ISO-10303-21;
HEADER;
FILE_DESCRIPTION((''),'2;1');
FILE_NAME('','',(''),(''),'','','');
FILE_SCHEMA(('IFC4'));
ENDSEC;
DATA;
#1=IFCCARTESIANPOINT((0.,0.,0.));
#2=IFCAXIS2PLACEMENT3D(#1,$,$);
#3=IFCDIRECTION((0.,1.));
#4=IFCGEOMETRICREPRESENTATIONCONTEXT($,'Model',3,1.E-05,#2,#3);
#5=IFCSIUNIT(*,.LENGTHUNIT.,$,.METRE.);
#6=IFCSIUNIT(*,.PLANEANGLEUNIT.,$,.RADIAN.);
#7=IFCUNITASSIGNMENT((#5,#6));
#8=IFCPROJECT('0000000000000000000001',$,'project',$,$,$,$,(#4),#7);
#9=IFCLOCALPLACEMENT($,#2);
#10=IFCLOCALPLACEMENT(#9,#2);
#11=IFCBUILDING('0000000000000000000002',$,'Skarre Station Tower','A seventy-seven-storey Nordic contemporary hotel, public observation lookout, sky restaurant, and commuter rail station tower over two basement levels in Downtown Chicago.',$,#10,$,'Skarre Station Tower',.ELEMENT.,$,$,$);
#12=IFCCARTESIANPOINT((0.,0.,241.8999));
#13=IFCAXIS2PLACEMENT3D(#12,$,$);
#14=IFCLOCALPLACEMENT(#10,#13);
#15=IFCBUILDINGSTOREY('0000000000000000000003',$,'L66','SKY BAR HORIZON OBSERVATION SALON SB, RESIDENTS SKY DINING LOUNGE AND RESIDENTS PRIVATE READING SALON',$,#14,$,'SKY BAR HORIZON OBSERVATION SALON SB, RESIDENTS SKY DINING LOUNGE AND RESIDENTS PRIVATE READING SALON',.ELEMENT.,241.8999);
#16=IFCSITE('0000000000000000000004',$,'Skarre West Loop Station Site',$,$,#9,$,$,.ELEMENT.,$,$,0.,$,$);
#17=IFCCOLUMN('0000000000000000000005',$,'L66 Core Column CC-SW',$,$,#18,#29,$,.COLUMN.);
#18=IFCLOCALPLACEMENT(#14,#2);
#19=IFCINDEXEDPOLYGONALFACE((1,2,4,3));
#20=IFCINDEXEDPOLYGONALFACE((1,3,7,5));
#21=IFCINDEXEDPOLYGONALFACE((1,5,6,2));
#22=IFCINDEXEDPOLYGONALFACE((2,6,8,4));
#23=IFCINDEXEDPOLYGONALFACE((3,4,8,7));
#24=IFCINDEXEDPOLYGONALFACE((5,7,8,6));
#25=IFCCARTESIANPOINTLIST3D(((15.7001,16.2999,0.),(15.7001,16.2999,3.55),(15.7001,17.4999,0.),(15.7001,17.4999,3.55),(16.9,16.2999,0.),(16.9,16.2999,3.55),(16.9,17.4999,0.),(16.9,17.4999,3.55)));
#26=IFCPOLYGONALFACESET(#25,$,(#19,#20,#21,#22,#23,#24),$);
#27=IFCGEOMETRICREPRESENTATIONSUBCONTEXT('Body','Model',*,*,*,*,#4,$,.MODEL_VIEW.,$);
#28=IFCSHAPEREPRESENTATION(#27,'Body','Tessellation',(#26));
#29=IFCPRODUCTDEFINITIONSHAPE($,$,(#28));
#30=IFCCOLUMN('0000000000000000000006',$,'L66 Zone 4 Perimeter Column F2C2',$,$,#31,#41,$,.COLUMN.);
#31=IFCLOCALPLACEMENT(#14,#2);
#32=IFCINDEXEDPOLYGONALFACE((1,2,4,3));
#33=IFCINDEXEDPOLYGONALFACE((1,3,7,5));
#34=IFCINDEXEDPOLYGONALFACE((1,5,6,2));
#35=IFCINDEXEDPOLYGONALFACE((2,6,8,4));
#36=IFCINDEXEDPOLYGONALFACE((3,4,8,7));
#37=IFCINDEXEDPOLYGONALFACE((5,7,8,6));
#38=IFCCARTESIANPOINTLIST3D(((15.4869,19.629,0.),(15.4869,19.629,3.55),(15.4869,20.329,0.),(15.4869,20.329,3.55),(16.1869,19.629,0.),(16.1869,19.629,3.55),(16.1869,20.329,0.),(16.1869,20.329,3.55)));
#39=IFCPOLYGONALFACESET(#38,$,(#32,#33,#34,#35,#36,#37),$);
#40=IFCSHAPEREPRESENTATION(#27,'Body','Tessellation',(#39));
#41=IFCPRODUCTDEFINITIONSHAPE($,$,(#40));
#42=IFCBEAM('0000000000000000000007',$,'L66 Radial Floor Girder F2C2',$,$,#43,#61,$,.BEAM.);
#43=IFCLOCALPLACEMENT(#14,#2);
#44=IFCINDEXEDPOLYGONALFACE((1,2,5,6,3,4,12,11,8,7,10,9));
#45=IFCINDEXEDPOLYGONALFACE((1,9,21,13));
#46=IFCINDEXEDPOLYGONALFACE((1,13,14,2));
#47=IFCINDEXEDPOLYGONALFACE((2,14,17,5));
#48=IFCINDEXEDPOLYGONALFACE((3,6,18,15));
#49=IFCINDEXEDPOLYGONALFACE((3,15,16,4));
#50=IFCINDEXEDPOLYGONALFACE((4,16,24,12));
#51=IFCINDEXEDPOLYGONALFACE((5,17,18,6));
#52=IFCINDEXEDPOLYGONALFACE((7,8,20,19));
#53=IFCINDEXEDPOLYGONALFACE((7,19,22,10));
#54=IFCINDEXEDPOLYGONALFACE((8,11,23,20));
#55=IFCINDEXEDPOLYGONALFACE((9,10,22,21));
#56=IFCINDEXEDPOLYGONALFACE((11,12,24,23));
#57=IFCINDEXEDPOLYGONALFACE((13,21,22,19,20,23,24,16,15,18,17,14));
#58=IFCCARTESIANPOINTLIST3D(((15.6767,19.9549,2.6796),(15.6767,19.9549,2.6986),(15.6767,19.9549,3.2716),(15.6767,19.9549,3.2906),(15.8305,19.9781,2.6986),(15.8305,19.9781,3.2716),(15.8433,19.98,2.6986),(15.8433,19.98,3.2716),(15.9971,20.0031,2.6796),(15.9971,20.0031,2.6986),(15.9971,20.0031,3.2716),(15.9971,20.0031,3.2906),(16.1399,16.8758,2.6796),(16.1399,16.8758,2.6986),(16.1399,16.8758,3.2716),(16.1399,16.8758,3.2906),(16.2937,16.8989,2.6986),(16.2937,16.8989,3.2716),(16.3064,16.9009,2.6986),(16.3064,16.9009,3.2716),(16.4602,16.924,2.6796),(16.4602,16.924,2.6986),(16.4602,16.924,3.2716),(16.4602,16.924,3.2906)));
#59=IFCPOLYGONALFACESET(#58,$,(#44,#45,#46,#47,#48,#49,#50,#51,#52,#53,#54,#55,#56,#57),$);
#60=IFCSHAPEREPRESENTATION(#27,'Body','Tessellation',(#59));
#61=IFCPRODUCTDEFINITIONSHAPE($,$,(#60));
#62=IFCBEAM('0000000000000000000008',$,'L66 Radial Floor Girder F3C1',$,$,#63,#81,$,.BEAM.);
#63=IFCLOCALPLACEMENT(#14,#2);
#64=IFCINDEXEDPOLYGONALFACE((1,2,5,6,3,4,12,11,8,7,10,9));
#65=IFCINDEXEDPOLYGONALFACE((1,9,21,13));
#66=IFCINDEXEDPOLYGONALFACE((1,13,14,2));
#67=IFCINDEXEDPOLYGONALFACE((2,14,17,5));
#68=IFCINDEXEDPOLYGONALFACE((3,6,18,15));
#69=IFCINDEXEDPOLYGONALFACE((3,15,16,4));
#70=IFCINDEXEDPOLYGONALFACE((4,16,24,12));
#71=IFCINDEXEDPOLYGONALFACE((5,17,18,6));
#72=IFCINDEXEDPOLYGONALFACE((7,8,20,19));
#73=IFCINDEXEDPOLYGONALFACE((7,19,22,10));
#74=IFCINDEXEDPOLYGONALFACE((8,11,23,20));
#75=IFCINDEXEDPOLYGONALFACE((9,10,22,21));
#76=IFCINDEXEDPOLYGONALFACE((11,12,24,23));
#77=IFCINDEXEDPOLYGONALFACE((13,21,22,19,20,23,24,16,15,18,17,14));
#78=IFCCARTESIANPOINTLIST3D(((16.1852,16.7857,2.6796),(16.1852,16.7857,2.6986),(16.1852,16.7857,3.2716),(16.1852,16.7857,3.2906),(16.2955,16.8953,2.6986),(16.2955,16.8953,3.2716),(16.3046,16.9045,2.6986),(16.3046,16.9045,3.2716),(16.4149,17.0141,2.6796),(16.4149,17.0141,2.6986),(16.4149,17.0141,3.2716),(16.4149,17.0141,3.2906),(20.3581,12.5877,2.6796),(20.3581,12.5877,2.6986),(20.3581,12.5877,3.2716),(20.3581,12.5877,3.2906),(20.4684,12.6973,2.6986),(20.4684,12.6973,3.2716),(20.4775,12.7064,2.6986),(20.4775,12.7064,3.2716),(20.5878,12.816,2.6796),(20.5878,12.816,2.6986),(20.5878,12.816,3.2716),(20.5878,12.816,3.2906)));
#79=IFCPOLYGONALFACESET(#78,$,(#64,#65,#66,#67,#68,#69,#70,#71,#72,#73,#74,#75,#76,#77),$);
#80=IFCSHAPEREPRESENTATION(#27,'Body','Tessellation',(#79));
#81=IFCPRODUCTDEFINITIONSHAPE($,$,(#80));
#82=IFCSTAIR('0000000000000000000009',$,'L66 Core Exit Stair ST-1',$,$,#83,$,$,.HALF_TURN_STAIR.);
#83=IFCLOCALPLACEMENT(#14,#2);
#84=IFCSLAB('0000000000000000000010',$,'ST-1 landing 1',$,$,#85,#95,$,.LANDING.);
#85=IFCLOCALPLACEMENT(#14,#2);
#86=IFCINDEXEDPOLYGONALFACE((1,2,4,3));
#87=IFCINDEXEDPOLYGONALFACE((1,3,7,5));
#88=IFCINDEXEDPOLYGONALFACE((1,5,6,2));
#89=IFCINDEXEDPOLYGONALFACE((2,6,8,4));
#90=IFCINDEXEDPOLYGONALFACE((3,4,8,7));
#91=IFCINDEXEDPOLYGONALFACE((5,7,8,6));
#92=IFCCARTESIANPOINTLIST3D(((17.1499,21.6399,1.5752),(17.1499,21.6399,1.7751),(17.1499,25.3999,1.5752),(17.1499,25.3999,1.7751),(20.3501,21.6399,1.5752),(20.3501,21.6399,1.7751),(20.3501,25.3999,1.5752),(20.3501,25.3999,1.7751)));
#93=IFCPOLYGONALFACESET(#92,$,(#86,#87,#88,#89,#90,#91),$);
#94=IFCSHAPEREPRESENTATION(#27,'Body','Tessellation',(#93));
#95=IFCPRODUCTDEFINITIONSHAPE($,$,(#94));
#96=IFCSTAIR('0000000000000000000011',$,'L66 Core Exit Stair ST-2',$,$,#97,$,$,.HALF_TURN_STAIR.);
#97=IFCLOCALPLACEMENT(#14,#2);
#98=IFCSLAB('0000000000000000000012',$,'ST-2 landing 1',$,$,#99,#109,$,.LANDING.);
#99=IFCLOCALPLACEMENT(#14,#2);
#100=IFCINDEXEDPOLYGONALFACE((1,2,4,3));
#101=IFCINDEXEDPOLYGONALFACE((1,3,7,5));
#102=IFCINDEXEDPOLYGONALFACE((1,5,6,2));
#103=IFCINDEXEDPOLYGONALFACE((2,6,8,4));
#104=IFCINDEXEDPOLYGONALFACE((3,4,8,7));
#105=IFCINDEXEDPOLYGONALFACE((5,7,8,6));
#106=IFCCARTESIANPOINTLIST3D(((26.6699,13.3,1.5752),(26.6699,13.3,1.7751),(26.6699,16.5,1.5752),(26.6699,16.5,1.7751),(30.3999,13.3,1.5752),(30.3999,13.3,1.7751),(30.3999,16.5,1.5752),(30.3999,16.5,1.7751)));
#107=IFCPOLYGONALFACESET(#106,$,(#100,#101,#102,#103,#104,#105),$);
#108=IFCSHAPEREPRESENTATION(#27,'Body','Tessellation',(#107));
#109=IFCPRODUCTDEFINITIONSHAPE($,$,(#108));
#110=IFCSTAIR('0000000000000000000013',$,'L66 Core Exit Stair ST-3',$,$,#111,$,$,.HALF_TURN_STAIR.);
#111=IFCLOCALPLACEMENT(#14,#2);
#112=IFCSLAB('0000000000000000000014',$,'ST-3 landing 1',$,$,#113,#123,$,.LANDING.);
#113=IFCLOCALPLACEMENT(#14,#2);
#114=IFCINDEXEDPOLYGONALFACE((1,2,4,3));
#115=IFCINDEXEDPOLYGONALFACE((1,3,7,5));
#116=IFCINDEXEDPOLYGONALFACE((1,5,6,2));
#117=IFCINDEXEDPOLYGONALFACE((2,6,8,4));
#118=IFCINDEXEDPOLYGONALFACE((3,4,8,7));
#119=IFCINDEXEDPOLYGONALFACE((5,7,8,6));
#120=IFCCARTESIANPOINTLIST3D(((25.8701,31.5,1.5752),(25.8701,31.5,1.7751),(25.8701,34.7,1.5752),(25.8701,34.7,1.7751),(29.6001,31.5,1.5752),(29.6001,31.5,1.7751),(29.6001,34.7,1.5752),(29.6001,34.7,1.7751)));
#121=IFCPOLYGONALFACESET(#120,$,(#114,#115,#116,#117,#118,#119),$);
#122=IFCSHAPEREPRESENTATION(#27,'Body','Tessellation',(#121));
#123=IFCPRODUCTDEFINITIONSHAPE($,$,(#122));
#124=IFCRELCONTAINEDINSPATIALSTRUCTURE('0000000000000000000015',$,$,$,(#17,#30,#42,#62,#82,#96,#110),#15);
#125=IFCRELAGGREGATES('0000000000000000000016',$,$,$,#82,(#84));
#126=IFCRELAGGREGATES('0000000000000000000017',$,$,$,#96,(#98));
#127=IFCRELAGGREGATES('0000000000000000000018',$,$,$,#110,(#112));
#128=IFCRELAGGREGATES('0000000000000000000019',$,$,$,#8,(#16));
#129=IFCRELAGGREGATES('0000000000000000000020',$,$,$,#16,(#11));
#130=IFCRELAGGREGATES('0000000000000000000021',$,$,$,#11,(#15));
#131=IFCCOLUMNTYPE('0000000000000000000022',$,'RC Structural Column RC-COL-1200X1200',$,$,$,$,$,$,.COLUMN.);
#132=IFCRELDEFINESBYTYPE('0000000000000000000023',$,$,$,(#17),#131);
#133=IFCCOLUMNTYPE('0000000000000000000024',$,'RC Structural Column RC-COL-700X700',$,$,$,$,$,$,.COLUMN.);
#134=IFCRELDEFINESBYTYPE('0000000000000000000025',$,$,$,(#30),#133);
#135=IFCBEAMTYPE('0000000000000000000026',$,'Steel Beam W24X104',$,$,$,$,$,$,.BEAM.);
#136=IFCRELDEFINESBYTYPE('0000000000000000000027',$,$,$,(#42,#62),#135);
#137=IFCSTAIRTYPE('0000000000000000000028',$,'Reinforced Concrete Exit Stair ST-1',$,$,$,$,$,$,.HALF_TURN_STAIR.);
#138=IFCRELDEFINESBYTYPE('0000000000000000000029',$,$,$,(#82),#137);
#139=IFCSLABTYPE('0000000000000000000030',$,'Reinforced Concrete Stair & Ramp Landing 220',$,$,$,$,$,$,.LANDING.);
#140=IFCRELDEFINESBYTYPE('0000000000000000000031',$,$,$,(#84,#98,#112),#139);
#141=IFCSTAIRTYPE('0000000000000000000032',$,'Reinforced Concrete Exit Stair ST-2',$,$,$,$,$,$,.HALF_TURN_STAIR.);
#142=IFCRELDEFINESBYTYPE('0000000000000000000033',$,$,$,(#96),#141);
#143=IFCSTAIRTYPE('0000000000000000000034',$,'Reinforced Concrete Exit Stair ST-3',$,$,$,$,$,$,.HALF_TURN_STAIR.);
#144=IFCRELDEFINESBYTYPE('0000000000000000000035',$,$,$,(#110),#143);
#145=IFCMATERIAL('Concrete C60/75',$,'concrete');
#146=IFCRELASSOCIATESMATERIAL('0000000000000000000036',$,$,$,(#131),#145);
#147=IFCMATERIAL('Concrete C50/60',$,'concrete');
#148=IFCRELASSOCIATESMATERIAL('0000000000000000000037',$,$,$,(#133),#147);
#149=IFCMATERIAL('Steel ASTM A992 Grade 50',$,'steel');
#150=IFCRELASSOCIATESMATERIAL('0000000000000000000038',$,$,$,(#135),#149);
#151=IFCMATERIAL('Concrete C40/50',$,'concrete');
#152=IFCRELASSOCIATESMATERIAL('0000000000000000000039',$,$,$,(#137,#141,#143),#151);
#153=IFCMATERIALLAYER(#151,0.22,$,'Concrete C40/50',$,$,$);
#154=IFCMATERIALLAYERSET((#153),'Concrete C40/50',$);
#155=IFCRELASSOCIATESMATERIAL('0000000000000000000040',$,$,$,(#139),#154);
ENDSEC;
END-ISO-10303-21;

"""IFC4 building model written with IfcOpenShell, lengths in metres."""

from ifc_helpers import new_model, si_unit, direction, frame, origin, origin_2d, place, context, subcontext, project, spatial, polyline, rectangle, i_section, outline, extrude, material, layer, layer_set, material_profile, profile_set, type_object, element, aggregate, save


model = new_model("IFC4")

# Units and contexts
model_context = context("Model", 3, precision=1e-05, world=origin(), true_north=direction((0.0, 1.0)))
body_context = subcontext(model_context, "Body", "Model", "MODEL_VIEW")
ifc_project = project(units=[si_unit("LENGTHUNIT", "METRE"), si_unit("PLANEANGLEUNIT", "RADIAN")], contexts=[model_context])

# Site, building, storey
site_placement = place(None, origin())
site = spatial("IfcSite", under=ifc_project, at=site_placement, Name="Skarre West Loop Station Site", CompositionType="ELEMENT", RefElevation=0.0)
building_placement = place(site_placement, origin())
building = spatial("IfcBuilding", under=site, at=building_placement, Name="Skarre Station Tower", Description="A seventy-seven-storey Nordic contemporary hotel, public observation lookout, sky restaurant, and commuter rail station tower over two basement levels in Downtown Chicago.", LongName="Skarre Station Tower", CompositionType="ELEMENT")
storey_placement = place(building_placement, frame((0.0, 0.0, 241.8999)))
storey = spatial("IfcBuildingStorey", under=building, at=storey_placement, Name="L66", Description="SKY BAR HORIZON OBSERVATION SALON SB, RESIDENTS SKY DINING LOUNGE AND RESIDENTS PRIVATE READING SALON", LongName="SKY BAR HORIZON OBSERVATION SALON SB, RESIDENTS SKY DINING LOUNGE AND RESIDENTS PRIVATE READING SALON", CompositionType="ELEMENT", Elevation=241.8999)

# Columns
ifc_material_1 = material(Name="Concrete C60/75", Category="concrete")
ifc_material_profile_1 = material_profile(ifc_material_1, rectangle(XDim=1.2, YDim=1.2, at=origin_2d()), Name="Concrete C60/75")
ifc_profile_set_1 = profile_set([ifc_material_profile_1], Name="Concrete C60/75")
column_type_1 = type_object("IfcColumnType", Name="RC Structural Column RC-COL-1200X1200", PredefinedType="COLUMN", material=ifc_profile_set_1)
column_1_placement = place(storey_placement, frame((16.3, 16.8999, 0.0), z_axis=(0.0, 0.0, 1.0), x_axis=(1.0, 0.0, 0.0)))
element("IfcColumn", 1, at=column_1_placement, inside=storey, type_object=column_type_1, Name="L66 Core Column CC-SW", PredefinedType="COLUMN", context=body_context, shape_type="SweptSolid", body=[
    extrude(rectangle(XDim=1.2, YDim=1.2, at=origin_2d()), origin(), (0.0, 0.0, 1.0), 3.55),
])
ifc_material_2 = material(Name="Concrete C50/60", Category="concrete")
ifc_material_profile_2 = material_profile(ifc_material_2, rectangle(XDim=0.7, YDim=0.7, at=origin_2d()), Name="Concrete C50/60")
ifc_profile_set_2 = profile_set([ifc_material_profile_2], Name="Concrete C50/60")
column_type_2 = type_object("IfcColumnType", Name="RC Structural Column RC-COL-700X700", PredefinedType="COLUMN", material=ifc_profile_set_2)
column_2_placement = place(storey_placement, frame((15.8369, 19.979, 0.0), z_axis=(0.0, 0.0, 1.0), x_axis=(1.0, 0.0, 0.0)))
element("IfcColumn", 2, at=column_2_placement, inside=storey, type_object=column_type_2, Name="L66 Zone 4 Perimeter Column F2C2", PredefinedType="COLUMN", context=body_context, shape_type="SweptSolid", body=[
    extrude(rectangle(XDim=0.7, YDim=0.7, at=origin_2d()), origin(), (0.0, 0.0, 1.0), 3.55),
])

# Beams
ifc_material_3 = material(Name="Steel ASTM A992 Grade 50", Category="steel")
ifc_material_profile_3 = material_profile(ifc_material_3, i_section(OverallWidth=0.324, OverallDepth=0.6111, WebThickness=0.0129, FlangeThickness=0.019, at=origin_2d()), Name="Steel ASTM A992 Grade 50")
ifc_profile_set_3 = profile_set([ifc_material_profile_3], Name="Steel ASTM A992 Grade 50")
beam_type = type_object("IfcBeamType", Name="Steel Beam W24X104", PredefinedType="BEAM", material=ifc_profile_set_3)
beam_1_placement = place(storey_placement, frame((16.3, 16.8999, 2.9851), z_axis=(-0.148739, 0.988876, 0.0), x_axis=(-0.988876, -0.148739, 0.0)))
element("IfcBeam", 3, at=beam_1_placement, inside=storey, type_object=beam_type, Name="L66 Radial Floor Girder F2C2", PredefinedType="BEAM", context=body_context, shape_type="SweptSolid", body=[
    extrude(i_section(OverallWidth=0.324, OverallDepth=0.6111, WebThickness=0.0129, FlangeThickness=0.019, at=origin_2d()), origin(), (0.0, 0.0, 1.0), 3.1138),
])
beam_2_placement = place(storey_placement, frame((16.3, 16.8999, 2.9851), z_axis=(0.704979, -0.709228, 0.0), x_axis=(0.709228, 0.704979, 0.0)))
element("IfcBeam", 4, at=beam_2_placement, inside=storey, type_object=beam_type, Name="L66 Radial Floor Girder F3C1", PredefinedType="BEAM", context=body_context, shape_type="SweptSolid", body=[
    extrude(i_section(OverallWidth=0.324, OverallDepth=0.6111, WebThickness=0.0129, FlangeThickness=0.019, at=origin_2d()), origin(), (0.0, 0.0, 1.0), 5.9192),
])

# Stairs, slabs
ifc_material_4 = material(Name="Concrete C40/50", Category="concrete")
stair_type_1 = type_object("IfcStairType", Name="Reinforced Concrete Exit Stair ST-1", PredefinedType="HALF_TURN_STAIR", material=ifc_material_4)
stair_1_placement = place(storey_placement, origin())
stair_1 = element("IfcStair", 5, at=stair_1_placement, inside=storey, type_object=stair_type_1, Name="L66 Core Exit Stair ST-1", PredefinedType="HALF_TURN_STAIR")
ifc_layer_1 = layer(ifc_material_4, 0.22, Name="Concrete C40/50")
ifc_layer_set_1 = layer_set([ifc_layer_1], Name="Concrete C40/50")
slab_type_1 = type_object("IfcSlabType", Name="Reinforced Concrete Stair & Ramp Landing 220", PredefinedType="LANDING", material=ifc_layer_set_1)
slab_1_placement = place(storey_placement, frame((0.0, 0.0, 1.5752)))
slab_1 = element("IfcSlab", 6, at=slab_1_placement, type_object=slab_type_1, Name="ST-1 landing 1", PredefinedType="LANDING", context=body_context, shape_type="SweptSolid", body=[
    extrude(outline(polyline([(20.3501, 21.6399), (20.3501, 25.3999), (17.1499, 25.3999), (17.1499, 21.6399), (20.3501, 21.6399)])), origin(), (0.0, 0.0, 1.0), 0.2),
])
aggregate(stair_1, [slab_1])
stair_type_2 = type_object("IfcStairType", Name="Reinforced Concrete Exit Stair ST-2", PredefinedType="HALF_TURN_STAIR", material=ifc_material_4)
stair_2_placement = place(storey_placement, origin())
stair_2 = element("IfcStair", 7, at=stair_2_placement, inside=storey, type_object=stair_type_2, Name="L66 Core Exit Stair ST-2", PredefinedType="HALF_TURN_STAIR")
slab_2_placement = place(storey_placement, frame((0.0, 0.0, 1.5752)))
slab_2 = element("IfcSlab", 8, at=slab_2_placement, type_object=slab_type_1, Name="ST-2 landing 1", PredefinedType="LANDING", context=body_context, shape_type="SweptSolid", body=[
    extrude(outline(polyline([(26.6699, 13.3), (30.3999, 13.3), (30.3999, 16.5), (26.6699, 16.5), (26.6699, 13.3)])), origin(), (0.0, 0.0, 1.0), 0.2),
])
aggregate(stair_2, [slab_2])
stair_type_3 = type_object("IfcStairType", Name="Reinforced Concrete Exit Stair ST-3", PredefinedType="HALF_TURN_STAIR", material=ifc_material_4)
stair_3_placement = place(storey_placement, origin())
stair_3 = element("IfcStair", 9, at=stair_3_placement, inside=storey, type_object=stair_type_3, Name="L66 Core Exit Stair ST-3", PredefinedType="HALF_TURN_STAIR")
slab_3_placement = place(storey_placement, frame((0.0, 0.0, 1.5752)))
slab_3 = element("IfcSlab", 10, at=slab_3_placement, type_object=slab_type_1, Name="ST-3 landing 1", PredefinedType="LANDING", context=body_context, shape_type="SweptSolid", body=[
    extrude(outline(polyline([(25.8701, 31.5), (29.6001, 31.5), (29.6001, 34.7), (25.8701, 34.7), (25.8701, 31.5)])), origin(), (0.0, 0.0, 1.0), 0.2),
])
aggregate(stair_3, [slab_3])

save(model, "model.ifc")
